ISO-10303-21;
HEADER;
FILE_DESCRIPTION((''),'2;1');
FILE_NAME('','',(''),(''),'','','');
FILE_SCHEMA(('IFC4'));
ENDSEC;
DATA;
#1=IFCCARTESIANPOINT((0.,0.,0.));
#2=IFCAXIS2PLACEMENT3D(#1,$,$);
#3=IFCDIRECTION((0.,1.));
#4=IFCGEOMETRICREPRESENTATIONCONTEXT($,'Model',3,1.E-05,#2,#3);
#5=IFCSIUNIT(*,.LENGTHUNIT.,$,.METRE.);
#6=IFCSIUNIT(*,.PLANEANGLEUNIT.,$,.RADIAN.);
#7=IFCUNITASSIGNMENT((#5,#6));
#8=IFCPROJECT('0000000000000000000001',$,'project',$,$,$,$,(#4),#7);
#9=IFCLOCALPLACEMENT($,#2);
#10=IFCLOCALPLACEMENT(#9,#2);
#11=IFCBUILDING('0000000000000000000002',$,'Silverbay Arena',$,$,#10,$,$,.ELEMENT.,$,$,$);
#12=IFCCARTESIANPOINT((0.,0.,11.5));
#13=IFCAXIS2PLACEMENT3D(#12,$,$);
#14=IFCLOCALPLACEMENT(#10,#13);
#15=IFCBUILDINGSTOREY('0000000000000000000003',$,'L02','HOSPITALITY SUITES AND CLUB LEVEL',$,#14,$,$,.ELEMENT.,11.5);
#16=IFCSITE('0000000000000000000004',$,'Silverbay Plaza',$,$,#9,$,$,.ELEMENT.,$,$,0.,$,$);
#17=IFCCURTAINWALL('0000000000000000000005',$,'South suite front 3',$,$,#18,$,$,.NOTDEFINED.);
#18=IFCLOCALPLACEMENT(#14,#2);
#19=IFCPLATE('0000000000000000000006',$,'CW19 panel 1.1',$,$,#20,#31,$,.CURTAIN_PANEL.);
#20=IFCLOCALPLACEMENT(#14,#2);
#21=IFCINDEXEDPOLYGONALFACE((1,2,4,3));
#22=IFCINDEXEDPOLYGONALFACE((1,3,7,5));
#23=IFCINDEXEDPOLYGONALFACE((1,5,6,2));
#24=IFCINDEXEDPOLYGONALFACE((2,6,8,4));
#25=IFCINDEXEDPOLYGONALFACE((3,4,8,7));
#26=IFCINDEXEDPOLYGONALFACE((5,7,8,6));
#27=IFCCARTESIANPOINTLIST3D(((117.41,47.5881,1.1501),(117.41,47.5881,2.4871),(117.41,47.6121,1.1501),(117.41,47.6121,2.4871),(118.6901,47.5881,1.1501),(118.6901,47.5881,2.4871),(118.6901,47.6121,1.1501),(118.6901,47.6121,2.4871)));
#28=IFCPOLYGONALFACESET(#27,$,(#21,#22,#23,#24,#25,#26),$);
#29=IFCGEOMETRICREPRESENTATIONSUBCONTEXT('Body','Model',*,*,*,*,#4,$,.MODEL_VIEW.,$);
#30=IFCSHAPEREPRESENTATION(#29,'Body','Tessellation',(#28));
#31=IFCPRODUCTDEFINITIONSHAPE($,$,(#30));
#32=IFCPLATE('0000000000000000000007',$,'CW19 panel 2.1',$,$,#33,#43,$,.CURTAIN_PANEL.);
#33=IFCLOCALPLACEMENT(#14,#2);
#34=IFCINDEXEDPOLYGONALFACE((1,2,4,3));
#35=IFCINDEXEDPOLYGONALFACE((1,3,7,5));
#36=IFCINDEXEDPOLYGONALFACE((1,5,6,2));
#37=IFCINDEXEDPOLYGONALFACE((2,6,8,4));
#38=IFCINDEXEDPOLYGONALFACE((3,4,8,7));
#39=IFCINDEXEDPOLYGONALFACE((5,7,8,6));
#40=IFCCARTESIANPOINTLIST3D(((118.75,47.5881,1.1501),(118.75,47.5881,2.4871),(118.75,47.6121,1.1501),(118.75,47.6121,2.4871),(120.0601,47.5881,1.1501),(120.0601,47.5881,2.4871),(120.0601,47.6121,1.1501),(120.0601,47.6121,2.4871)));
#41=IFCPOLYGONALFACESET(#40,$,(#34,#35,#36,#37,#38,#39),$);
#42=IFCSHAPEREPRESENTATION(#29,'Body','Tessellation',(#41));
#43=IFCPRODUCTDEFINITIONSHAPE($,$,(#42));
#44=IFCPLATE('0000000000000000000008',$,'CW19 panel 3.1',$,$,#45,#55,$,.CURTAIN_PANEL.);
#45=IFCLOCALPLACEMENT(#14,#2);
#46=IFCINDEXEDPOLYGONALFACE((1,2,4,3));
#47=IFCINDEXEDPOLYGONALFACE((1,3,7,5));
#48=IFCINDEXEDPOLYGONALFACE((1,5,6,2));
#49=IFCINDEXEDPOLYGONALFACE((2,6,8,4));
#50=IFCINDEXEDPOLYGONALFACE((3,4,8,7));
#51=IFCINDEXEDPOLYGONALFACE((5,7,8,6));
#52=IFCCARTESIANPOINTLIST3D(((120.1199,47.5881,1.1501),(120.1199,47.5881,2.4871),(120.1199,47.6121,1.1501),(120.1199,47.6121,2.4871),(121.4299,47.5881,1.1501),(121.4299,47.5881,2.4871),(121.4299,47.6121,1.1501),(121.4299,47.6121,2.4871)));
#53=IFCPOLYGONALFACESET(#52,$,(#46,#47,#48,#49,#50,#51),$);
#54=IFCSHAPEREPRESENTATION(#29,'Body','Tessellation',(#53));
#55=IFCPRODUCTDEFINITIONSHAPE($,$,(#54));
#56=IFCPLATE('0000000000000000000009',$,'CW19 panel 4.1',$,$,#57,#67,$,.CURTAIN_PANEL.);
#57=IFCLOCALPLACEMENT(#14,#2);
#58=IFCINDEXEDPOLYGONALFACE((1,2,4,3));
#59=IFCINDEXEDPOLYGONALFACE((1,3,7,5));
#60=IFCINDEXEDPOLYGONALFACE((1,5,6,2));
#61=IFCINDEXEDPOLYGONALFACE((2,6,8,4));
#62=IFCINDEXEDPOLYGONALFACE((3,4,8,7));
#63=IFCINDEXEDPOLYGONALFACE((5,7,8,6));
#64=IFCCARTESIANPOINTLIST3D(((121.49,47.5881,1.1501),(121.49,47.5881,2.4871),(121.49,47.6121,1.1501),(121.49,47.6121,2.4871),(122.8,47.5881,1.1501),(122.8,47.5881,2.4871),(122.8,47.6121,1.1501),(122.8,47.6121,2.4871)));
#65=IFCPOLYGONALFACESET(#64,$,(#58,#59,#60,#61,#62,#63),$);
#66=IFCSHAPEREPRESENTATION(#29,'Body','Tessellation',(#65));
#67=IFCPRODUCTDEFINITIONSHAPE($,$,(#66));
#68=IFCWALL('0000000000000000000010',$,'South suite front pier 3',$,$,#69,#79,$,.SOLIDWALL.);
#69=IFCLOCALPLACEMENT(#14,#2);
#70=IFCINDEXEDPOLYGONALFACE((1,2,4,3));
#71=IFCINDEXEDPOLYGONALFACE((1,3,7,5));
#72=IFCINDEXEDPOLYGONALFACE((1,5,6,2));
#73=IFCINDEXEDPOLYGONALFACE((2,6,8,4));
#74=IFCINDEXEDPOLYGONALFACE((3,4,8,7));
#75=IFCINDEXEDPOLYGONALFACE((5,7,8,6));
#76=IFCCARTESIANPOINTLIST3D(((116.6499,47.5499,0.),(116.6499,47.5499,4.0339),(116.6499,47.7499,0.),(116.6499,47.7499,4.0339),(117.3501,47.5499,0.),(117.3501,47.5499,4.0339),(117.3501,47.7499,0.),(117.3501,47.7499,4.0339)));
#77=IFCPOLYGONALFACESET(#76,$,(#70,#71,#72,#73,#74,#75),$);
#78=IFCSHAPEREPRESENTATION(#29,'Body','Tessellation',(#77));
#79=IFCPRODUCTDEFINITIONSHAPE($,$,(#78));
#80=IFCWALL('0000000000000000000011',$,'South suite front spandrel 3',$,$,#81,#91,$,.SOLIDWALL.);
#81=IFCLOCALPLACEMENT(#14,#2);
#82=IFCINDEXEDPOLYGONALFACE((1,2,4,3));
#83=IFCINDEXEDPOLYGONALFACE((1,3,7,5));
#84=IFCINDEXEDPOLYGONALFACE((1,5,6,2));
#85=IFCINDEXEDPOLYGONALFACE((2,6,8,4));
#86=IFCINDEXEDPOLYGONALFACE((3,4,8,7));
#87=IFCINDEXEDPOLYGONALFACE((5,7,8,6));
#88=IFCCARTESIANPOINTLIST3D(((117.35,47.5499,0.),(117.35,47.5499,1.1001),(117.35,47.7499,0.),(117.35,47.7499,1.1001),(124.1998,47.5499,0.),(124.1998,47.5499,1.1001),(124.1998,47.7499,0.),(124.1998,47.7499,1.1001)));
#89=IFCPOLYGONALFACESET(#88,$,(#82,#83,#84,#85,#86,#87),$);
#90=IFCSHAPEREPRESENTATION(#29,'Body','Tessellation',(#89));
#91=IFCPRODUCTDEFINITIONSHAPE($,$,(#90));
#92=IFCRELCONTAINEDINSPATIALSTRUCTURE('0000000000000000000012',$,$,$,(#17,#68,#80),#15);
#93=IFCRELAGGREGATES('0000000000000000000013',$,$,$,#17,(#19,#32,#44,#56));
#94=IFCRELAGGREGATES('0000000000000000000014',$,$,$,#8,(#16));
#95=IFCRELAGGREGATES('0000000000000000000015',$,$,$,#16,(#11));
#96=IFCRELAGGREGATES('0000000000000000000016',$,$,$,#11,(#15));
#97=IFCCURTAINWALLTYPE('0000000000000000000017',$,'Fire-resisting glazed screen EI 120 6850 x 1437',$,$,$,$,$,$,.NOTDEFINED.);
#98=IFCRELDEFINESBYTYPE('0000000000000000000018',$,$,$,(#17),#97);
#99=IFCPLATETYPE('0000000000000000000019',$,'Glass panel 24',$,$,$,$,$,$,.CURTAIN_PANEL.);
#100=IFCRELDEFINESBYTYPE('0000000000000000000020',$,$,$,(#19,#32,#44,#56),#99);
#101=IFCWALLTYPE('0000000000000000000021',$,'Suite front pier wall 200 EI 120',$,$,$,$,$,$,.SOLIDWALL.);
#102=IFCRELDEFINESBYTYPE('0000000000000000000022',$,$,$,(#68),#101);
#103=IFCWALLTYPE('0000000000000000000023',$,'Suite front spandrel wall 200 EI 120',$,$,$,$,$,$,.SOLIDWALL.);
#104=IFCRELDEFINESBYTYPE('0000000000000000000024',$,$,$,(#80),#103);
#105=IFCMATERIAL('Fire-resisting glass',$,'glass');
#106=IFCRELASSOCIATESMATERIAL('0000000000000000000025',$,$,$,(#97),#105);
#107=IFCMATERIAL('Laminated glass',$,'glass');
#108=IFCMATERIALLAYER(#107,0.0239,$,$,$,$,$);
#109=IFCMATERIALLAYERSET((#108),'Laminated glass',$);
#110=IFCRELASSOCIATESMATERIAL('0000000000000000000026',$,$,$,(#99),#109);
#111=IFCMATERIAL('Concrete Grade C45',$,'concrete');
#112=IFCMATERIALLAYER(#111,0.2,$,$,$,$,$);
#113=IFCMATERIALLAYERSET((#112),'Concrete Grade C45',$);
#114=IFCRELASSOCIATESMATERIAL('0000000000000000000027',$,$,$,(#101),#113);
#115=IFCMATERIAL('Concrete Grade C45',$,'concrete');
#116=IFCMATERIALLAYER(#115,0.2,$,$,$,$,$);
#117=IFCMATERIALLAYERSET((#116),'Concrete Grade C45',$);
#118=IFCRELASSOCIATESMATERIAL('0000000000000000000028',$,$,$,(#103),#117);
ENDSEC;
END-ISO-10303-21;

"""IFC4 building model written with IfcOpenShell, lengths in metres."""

from ifc_helpers import new_model, si_unit, direction, frame, frame_2d, origin, origin_2d, place, context, subcontext, project, spatial, rectangle, extrude, material, layer, layer_set, type_object, element, aggregate, save


model = new_model("IFC4")

# Units and contexts
model_context = context("Model", 3, precision=1e-05, world=origin(), true_north=direction((0.0, 1.0)))
body_context = subcontext(model_context, "Body", "Model", "MODEL_VIEW")
ifc_project = project(units=[si_unit("LENGTHUNIT", "METRE"), si_unit("PLANEANGLEUNIT", "RADIAN")], contexts=[model_context])

# Site, building, storey
site_placement = place(None, origin())
site = spatial("IfcSite", under=ifc_project, at=site_placement, Name="Silverbay Plaza", CompositionType="ELEMENT", RefElevation=0.0)
building_placement = place(site_placement, origin())
building = spatial("IfcBuilding", under=site, at=building_placement, Name="Silverbay Arena", CompositionType="ELEMENT")
storey_placement = place(building_placement, frame((0.0, 0.0, 11.5)))
storey = spatial("IfcBuildingStorey", under=building, at=storey_placement, Name="L02", Description="HOSPITALITY SUITES AND CLUB LEVEL", CompositionType="ELEMENT", Elevation=11.5)

# Curtain wall
ifc_material_1 = material(Name="Fire-resisting glass", Category="glass")
curtain_wall_type_1 = type_object("IfcCurtainWallType", Name="Fire-resisting glazed screen EI 120 6850 x 1437", PredefinedType="NOTDEFINED", material=ifc_material_1)
curtain_wall_1_placement = place(storey_placement, origin())
curtain_wall_1 = element("IfcCurtainWall", 1, at=curtain_wall_1_placement, inside=storey, type_object=curtain_wall_type_1, Name="South suite front 3", PredefinedType="NOTDEFINED")

# Plates
ifc_material_2 = material(Name="Laminated glass", Category="glass")
ifc_layer_1 = layer(ifc_material_2, 0.0239)
ifc_layer_set_1 = layer_set([ifc_layer_1], Name="Laminated glass")
plate_type = type_object("IfcPlateType", Name="Glass panel 24", PredefinedType="CURTAIN_PANEL", material=ifc_layer_set_1)
plate_1_placement = place(storey_placement, frame((118.05, 47.6001, 1.1501), z_axis=(0.0, 0.0, 1.0), x_axis=(1.0, 0.0, 0.0)))
plate_1 = element("IfcPlate", 2, at=plate_1_placement, type_object=plate_type, Name="CW19 panel 1.1", PredefinedType="CURTAIN_PANEL", context=body_context, shape_type="SweptSolid", body=[
    extrude(rectangle(XDim=1.28, YDim=0.0239, at=origin_2d()), origin(), (0.0, 0.0, 1.0), 1.3369),
])
plate_2_placement = place(storey_placement, frame((119.405, 47.6001, 1.1501), z_axis=(0.0, 0.0, 1.0), x_axis=(1.0, 0.0, 0.0)))
plate_2 = element("IfcPlate", 3, at=plate_2_placement, type_object=plate_type, Name="CW19 panel 2.1", PredefinedType="CURTAIN_PANEL", context=body_context, shape_type="SweptSolid", body=[
    extrude(rectangle(XDim=1.3101, YDim=0.0239, at=origin_2d()), origin(), (0.0, 0.0, 1.0), 1.3369),
])
plate_3_placement = place(storey_placement, frame((120.7749, 47.6001, 1.1501), z_axis=(0.0, 0.0, 1.0), x_axis=(1.0, 0.0, 0.0)))
plate_3 = element("IfcPlate", 4, at=plate_3_placement, type_object=plate_type, Name="CW19 panel 3.1", PredefinedType="CURTAIN_PANEL", context=body_context, shape_type="SweptSolid", body=[
    extrude(rectangle(XDim=1.3101, YDim=0.0239, at=origin_2d()), origin(), (0.0, 0.0, 1.0), 1.3369),
])
plate_4_placement = place(storey_placement, frame((122.145, 47.6001, 1.1501), z_axis=(0.0, 0.0, 1.0), x_axis=(1.0, 0.0, 0.0)))
plate_4 = element("IfcPlate", 5, at=plate_4_placement, type_object=plate_type, Name="CW19 panel 4.1", PredefinedType="CURTAIN_PANEL", context=body_context, shape_type="SweptSolid", body=[
    extrude(rectangle(XDim=1.3101, YDim=0.0239, at=origin_2d()), origin(), (0.0, 0.0, 1.0), 1.3369),
])
aggregate(curtain_wall_1, [plate_1, plate_2, plate_3, plate_4])

# Walls
ifc_material_3 = material(Name="Concrete Grade C45", Category="concrete")
ifc_layer_2 = layer(ifc_material_3, 0.2)
ifc_layer_set_2 = layer_set([ifc_layer_2], Name="Concrete Grade C45")
wall_type_1 = type_object("IfcWallType", Name="Suite front pier wall 200 EI 120", PredefinedType="SOLIDWALL", material=ifc_layer_set_2)
wall_1_placement = place(storey_placement, frame((116.6499, 47.6499, 0.0), z_axis=(0.0, 0.0, 1.0), x_axis=(1.0, 0.0, 0.0)))
element("IfcWall", 6, at=wall_1_placement, inside=storey, type_object=wall_type_1, Name="South suite front pier 3", PredefinedType="SOLIDWALL", context=body_context, shape_type="SweptSolid", body=[
    extrude(rectangle(XDim=0.7002, YDim=0.2, at=frame_2d((0.3501, 0.0))), origin(), (0.0, 0.0, 1.0), 4.0339),
])
ifc_material_4 = material(Name="Concrete Grade C45", Category="concrete")
ifc_layer_3 = layer(ifc_material_4, 0.2)
ifc_layer_set_3 = layer_set([ifc_layer_3], Name="Concrete Grade C45")
wall_type_2 = type_object("IfcWallType", Name="Suite front spandrel wall 200 EI 120", PredefinedType="SOLIDWALL", material=ifc_layer_set_3)
wall_2_placement = place(storey_placement, frame((117.3501, 47.6499, 0.0), z_axis=(0.0, 0.0, 1.0), x_axis=(1.0, 0.0, 0.0)))
element("IfcWall", 7, at=wall_2_placement, inside=storey, type_object=wall_type_2, Name="South suite front spandrel 3", PredefinedType="SOLIDWALL", context=body_context, shape_type="SweptSolid", body=[
    extrude(rectangle(XDim=6.8499, YDim=0.2, at=frame_2d((3.4248, 0.0))), origin(), (0.0, 0.0, 1.0), 1.1001),
])

save(model, "model.ifc")
